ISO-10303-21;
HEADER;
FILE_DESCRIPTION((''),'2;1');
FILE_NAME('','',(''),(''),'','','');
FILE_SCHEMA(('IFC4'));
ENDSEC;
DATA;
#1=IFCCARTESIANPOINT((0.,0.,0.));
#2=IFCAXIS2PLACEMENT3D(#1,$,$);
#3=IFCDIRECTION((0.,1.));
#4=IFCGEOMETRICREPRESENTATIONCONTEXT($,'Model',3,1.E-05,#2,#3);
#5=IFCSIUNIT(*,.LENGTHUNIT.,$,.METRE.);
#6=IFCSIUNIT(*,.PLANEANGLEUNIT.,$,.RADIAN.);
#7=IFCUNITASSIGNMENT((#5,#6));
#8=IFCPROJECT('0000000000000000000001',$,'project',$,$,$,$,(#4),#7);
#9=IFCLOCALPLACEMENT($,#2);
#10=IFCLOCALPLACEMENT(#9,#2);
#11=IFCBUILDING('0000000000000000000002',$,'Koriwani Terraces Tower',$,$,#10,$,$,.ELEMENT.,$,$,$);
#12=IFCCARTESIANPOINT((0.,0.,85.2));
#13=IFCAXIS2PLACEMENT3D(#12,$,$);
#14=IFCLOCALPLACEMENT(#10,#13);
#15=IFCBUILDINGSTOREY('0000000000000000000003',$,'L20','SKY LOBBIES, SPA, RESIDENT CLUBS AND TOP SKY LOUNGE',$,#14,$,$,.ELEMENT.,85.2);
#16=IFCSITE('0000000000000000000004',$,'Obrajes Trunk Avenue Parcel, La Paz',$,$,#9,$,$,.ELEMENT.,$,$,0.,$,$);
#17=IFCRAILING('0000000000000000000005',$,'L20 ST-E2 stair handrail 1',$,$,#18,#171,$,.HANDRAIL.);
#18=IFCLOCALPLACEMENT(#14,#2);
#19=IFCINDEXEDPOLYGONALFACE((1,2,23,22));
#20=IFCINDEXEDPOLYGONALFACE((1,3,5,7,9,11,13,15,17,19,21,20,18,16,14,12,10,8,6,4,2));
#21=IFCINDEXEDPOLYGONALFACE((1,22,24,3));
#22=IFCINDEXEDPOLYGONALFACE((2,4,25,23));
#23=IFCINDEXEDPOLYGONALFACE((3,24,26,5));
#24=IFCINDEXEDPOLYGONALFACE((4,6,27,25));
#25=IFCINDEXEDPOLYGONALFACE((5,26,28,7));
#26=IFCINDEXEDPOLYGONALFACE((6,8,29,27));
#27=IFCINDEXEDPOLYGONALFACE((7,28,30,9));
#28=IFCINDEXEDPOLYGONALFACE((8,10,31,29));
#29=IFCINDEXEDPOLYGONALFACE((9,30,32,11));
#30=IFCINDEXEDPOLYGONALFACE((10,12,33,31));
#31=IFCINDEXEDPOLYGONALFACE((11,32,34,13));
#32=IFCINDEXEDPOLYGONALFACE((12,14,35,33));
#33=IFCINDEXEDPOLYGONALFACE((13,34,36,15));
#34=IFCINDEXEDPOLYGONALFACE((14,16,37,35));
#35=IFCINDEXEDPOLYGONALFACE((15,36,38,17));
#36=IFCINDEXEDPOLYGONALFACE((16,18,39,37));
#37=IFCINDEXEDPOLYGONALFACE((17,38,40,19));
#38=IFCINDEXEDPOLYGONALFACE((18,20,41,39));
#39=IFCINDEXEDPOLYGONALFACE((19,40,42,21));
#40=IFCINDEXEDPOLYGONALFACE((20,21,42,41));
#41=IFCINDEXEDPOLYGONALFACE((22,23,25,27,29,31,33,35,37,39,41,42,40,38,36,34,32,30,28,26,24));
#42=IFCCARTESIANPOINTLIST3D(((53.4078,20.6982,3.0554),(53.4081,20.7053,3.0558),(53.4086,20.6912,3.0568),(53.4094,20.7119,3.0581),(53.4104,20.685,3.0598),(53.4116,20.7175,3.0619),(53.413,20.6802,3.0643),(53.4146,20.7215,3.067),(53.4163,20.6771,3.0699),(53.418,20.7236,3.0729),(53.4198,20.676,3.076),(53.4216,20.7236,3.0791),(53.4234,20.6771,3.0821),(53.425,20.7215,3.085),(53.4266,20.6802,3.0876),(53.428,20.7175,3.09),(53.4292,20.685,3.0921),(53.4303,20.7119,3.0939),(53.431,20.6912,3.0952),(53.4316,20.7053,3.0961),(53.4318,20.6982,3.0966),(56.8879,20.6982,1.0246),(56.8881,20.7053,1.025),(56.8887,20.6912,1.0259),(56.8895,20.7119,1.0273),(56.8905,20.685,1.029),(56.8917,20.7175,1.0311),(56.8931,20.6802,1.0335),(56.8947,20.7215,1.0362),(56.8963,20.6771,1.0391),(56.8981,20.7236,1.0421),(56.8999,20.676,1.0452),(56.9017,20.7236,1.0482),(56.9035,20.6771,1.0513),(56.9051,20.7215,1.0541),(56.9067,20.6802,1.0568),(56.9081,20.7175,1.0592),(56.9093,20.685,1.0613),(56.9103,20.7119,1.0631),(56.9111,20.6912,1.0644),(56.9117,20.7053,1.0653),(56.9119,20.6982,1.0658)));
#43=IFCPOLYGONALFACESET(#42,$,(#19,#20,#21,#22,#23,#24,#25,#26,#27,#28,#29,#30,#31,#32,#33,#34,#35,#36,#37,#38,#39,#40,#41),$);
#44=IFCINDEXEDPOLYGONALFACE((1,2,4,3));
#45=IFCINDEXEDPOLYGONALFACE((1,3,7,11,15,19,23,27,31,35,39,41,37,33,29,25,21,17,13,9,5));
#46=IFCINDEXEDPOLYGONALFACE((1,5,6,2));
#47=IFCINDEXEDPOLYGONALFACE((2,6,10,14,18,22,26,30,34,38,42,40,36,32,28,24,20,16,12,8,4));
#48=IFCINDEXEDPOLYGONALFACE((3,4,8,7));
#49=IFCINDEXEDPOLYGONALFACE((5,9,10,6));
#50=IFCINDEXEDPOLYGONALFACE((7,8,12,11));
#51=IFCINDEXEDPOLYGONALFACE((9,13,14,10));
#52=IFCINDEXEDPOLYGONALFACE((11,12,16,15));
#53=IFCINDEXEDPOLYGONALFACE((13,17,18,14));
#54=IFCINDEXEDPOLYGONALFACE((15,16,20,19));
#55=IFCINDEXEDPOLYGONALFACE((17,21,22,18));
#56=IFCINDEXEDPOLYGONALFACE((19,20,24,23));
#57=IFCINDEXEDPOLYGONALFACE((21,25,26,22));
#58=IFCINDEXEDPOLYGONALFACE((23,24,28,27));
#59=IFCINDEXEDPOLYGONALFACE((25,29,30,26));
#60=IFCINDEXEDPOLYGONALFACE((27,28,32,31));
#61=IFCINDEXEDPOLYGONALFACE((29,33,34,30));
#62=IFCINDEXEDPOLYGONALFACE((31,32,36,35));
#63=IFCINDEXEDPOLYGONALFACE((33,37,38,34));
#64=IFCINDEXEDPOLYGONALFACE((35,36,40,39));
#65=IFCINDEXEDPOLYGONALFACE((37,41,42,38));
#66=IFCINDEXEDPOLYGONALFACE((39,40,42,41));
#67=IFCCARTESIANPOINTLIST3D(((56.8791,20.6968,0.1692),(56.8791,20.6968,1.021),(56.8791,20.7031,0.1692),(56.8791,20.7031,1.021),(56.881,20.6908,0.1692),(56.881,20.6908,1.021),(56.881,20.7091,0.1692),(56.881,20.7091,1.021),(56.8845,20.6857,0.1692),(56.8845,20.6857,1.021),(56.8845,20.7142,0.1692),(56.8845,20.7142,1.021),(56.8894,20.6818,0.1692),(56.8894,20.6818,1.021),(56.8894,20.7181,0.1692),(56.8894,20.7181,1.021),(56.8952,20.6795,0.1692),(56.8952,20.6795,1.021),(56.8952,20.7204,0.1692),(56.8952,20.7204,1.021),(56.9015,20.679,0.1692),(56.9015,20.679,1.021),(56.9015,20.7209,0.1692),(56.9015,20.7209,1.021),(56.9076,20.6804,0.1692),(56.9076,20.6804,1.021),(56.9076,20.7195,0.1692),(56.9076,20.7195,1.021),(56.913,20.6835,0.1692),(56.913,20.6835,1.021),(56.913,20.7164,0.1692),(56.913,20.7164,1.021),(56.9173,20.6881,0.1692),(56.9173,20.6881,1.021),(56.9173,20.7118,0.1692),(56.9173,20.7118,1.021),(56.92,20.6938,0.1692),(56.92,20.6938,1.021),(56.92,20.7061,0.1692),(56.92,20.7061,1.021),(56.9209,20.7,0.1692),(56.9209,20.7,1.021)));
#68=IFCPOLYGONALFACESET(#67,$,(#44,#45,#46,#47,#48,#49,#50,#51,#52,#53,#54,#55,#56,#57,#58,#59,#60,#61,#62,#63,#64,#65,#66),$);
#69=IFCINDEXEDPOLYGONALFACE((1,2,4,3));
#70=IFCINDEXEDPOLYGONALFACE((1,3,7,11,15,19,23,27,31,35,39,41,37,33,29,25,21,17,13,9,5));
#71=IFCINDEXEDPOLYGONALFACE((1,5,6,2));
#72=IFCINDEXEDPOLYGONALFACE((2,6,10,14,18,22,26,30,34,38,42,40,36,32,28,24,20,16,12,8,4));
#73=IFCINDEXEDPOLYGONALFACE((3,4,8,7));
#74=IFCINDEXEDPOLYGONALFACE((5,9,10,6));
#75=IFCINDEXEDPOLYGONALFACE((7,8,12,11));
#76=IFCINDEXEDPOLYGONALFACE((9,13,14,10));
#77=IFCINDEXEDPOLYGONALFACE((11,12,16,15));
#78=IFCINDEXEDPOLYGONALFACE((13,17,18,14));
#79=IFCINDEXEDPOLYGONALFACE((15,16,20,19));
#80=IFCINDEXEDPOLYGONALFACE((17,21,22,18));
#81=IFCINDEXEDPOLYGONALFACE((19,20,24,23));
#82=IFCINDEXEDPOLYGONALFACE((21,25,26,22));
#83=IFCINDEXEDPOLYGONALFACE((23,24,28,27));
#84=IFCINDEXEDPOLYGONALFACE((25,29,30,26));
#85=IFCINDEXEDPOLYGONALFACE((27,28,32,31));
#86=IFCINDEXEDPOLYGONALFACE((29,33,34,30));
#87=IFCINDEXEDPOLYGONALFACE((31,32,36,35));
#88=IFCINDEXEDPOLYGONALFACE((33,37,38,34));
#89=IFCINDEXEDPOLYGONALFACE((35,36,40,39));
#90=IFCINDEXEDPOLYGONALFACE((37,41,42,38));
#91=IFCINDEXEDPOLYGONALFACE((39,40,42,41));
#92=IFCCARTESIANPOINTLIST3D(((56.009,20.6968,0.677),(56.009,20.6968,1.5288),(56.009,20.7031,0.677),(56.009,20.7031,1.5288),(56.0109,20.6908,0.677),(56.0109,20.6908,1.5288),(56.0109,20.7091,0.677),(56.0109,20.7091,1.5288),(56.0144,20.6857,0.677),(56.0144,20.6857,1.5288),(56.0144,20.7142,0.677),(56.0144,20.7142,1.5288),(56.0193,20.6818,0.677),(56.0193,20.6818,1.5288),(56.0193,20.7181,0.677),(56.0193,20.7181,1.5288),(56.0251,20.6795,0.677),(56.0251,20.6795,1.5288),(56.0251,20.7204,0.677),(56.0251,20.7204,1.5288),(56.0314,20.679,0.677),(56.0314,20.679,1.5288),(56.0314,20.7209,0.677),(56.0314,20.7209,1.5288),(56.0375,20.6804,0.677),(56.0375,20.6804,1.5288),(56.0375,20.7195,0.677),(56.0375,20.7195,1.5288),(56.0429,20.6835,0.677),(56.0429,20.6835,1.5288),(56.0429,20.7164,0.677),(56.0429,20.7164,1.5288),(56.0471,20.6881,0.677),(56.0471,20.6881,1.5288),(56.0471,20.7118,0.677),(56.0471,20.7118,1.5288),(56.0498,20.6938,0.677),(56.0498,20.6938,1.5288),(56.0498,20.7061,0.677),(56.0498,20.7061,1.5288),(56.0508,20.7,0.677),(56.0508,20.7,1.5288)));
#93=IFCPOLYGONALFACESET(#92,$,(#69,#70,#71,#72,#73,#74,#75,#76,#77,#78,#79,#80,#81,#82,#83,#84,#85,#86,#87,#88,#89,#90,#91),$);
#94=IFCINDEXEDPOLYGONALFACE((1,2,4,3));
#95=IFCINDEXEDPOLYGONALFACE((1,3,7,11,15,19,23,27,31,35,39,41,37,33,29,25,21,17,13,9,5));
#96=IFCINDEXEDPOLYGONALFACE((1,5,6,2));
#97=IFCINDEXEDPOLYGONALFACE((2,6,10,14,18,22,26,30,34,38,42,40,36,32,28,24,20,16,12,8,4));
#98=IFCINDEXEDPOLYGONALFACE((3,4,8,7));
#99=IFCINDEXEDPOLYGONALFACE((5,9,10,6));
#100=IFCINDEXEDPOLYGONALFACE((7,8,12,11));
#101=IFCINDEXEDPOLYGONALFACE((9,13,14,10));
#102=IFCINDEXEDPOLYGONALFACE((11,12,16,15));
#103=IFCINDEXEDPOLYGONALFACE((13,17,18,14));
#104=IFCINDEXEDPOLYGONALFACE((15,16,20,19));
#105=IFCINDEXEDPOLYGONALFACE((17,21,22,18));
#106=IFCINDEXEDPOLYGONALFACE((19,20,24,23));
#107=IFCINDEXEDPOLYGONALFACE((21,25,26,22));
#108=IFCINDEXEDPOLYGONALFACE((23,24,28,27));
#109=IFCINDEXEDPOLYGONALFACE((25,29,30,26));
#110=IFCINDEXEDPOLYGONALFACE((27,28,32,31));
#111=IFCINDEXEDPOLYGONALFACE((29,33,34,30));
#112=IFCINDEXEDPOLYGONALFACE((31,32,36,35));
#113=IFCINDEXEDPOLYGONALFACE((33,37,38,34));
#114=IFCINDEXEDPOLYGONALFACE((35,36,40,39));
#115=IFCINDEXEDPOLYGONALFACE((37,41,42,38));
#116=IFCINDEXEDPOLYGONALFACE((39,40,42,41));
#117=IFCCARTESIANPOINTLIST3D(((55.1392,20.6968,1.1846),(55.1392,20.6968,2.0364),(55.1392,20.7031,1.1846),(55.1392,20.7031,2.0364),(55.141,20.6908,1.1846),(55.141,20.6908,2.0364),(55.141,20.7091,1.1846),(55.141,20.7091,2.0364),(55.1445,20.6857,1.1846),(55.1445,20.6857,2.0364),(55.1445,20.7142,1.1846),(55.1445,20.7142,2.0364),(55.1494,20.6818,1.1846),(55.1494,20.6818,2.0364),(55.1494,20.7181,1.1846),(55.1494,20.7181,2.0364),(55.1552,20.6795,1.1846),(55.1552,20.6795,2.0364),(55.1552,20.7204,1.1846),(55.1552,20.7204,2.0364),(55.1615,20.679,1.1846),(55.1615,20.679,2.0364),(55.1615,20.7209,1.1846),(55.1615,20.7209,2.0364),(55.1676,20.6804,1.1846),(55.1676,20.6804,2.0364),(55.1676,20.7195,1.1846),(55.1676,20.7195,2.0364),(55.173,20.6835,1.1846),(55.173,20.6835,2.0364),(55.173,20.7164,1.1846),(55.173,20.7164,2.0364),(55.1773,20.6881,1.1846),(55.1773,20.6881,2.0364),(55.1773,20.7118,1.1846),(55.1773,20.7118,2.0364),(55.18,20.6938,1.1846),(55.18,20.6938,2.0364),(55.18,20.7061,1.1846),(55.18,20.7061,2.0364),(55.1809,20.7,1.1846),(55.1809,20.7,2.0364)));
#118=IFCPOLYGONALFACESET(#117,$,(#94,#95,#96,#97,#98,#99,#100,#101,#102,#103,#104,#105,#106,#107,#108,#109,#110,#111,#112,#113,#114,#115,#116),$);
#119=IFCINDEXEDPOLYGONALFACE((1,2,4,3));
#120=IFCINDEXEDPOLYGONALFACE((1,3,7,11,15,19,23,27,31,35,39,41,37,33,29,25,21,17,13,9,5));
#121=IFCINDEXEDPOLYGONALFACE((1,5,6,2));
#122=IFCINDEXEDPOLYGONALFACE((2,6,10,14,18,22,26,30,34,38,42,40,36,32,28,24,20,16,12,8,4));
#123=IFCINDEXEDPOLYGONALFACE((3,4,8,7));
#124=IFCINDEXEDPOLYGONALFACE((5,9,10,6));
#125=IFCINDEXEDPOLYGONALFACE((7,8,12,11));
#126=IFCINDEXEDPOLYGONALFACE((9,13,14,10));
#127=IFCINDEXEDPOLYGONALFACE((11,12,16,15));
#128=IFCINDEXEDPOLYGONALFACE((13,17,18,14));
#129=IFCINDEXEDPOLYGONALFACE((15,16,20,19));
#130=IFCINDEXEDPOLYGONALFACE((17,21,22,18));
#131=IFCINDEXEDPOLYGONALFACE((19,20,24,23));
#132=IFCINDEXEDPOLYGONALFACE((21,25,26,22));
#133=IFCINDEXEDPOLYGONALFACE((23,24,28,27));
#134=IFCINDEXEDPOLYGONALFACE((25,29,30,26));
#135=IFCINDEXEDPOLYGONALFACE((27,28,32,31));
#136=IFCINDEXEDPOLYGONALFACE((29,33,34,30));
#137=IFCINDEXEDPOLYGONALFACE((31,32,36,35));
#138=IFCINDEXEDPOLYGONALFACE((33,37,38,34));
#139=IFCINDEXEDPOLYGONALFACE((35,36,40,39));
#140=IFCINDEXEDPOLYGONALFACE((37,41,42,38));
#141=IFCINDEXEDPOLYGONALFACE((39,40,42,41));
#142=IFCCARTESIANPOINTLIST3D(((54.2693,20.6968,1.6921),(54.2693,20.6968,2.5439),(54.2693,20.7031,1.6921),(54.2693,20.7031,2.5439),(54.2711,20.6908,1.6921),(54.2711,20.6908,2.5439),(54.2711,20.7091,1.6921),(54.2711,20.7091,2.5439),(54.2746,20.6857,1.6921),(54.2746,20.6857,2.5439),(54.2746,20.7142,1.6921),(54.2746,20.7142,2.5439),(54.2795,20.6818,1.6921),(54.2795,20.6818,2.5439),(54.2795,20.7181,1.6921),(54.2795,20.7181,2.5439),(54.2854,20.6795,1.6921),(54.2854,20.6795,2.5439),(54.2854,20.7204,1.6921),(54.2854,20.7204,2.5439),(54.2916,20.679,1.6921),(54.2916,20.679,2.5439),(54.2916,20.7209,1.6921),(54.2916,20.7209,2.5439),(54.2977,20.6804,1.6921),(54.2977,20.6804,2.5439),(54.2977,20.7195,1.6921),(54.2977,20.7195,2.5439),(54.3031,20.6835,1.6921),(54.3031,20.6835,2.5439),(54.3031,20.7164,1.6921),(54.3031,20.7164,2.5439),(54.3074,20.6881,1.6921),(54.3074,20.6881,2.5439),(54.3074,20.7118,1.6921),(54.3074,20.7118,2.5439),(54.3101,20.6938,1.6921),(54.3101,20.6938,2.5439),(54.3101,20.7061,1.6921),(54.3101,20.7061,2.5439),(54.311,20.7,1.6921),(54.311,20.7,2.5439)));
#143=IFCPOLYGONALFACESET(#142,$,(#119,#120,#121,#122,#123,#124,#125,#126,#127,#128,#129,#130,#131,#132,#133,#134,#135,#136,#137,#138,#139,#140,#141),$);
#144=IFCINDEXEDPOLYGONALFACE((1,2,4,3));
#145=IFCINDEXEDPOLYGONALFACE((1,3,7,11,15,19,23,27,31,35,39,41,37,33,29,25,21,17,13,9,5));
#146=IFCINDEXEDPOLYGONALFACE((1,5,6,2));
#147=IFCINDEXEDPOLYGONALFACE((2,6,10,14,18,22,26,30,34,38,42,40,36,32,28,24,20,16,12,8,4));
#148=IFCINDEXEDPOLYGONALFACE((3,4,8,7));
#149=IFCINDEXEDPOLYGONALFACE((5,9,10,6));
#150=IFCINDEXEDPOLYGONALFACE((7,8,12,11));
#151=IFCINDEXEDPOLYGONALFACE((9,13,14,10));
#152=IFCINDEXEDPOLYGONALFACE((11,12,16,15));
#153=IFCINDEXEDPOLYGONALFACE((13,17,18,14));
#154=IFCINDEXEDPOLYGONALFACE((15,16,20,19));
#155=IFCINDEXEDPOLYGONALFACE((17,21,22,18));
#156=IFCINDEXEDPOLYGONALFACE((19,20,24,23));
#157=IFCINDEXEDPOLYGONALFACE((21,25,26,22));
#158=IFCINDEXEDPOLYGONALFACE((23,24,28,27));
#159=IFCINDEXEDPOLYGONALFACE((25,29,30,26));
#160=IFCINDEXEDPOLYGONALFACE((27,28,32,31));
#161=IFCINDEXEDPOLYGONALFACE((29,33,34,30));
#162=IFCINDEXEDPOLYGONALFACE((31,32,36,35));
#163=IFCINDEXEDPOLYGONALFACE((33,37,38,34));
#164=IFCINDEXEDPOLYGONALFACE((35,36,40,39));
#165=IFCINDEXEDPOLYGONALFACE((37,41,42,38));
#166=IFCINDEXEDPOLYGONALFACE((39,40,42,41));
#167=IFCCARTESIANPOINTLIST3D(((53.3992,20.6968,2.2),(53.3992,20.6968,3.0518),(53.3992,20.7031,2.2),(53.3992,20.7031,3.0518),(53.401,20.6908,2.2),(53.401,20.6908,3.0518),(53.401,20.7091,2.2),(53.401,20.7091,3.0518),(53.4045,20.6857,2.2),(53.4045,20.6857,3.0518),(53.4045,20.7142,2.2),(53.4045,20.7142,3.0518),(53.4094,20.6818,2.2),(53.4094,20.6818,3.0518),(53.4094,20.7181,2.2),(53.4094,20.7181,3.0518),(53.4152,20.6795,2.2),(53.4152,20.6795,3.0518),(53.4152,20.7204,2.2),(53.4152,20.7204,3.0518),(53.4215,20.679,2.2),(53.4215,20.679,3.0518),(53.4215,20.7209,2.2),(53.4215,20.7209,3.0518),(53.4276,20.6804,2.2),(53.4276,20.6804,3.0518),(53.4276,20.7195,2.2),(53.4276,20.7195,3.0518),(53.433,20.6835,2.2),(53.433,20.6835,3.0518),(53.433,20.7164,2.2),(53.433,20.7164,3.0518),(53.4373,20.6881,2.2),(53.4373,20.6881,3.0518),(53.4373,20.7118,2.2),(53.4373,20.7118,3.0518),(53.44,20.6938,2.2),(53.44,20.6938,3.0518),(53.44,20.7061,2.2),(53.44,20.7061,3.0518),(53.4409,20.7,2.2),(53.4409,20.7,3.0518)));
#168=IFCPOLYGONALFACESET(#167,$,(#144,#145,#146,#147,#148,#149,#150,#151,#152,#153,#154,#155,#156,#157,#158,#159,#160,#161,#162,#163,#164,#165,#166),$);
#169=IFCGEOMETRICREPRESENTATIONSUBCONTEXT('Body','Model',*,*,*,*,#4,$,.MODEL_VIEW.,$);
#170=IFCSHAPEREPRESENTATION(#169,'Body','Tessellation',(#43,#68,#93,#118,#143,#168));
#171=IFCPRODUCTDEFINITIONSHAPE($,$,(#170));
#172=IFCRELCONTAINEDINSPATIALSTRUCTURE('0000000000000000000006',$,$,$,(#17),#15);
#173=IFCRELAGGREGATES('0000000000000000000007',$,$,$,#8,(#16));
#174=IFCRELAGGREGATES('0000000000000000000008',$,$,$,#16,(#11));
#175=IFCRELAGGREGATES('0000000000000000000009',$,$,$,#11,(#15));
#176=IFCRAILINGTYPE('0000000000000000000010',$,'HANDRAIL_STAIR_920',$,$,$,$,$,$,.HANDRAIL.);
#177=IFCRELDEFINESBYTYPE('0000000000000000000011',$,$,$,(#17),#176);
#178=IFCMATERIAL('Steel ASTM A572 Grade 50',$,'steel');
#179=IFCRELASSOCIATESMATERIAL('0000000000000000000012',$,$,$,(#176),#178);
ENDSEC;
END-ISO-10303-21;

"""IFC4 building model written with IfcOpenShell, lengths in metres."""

from ifc_helpers import new_model, si_unit, direction, frame, origin, origin_2d, place, context, subcontext, project, spatial, circle, extrude, material, type_object, element, save


model = new_model("IFC4")

# Units and contexts
model_context = context("Model", 3, precision=1e-05, world=origin(), true_north=direction((0.0, 1.0)))
body_context = subcontext(model_context, "Body", "Model", "MODEL_VIEW")
ifc_project = project(units=[si_unit("LENGTHUNIT", "METRE"), si_unit("PLANEANGLEUNIT", "RADIAN")], contexts=[model_context])

# Site, building, storey
site_placement = place(None, origin())
site = spatial("IfcSite", under=ifc_project, at=site_placement, Name="Obrajes Trunk Avenue Parcel, La Paz", CompositionType="ELEMENT", RefElevation=0.0)
building_placement = place(site_placement, origin())
building = spatial("IfcBuilding", under=site, at=building_placement, Name="Koriwani Terraces Tower", CompositionType="ELEMENT")
storey_placement = place(building_placement, frame((0.0, 0.0, 85.2)))
storey = spatial("IfcBuildingStorey", under=building, at=storey_placement, Name="L20", Description="SKY LOBBIES, SPA, RESIDENT CLUBS AND TOP SKY LOUNGE", CompositionType="ELEMENT", Elevation=85.2)

# Shared definitions
ifc_material_1 = material(Name="Steel ASTM A572 Grade 50", Category="steel")

# Railing
railing_type_1 = type_object("IfcRailingType", Name="HANDRAIL_STAIR_920", PredefinedType="HANDRAIL", material=ifc_material_1)
railing_1_placement = place(storey_placement, frame((56.8999, 20.7, 0.1692)))
element("IfcRailing", 1, at=railing_1_placement, inside=storey, type_object=railing_type_1, Name="L20 ST-E2 stair handrail 1", PredefinedType="HANDRAIL", context=body_context, shape_type="SweptSolid", body=[
    extrude(circle(Radius=0.0239, at=origin_2d()), frame((0.0, 0.0, 0.876), z_axis=(-0.863695, 0.0, 0.504014), x_axis=(0.0, -1.0, 0.0)), (0.0, 0.0, 1.0), 4.0293),
    extrude(circle(Radius=0.021, at=origin_2d()), origin(), (0.0, 0.0, 1.0), 0.8518),
    extrude(circle(Radius=0.021, at=origin_2d()), frame((-0.8701, 0.0, 0.5078)), (0.0, 0.0, 1.0), 0.8518),
    extrude(circle(Radius=0.021, at=origin_2d()), frame((-1.74, 0.0, 1.0154)), (0.0, 0.0, 1.0), 0.8518),
    extrude(circle(Radius=0.021, at=origin_2d()), frame((-2.6099, 0.0, 1.5229)), (0.0, 0.0, 1.0), 0.8518),
    extrude(circle(Radius=0.021, at=origin_2d()), frame((-3.48, 0.0, 2.0308)), (0.0, 0.0, 1.0), 0.8518),
])

save(model, "model.ifc")
